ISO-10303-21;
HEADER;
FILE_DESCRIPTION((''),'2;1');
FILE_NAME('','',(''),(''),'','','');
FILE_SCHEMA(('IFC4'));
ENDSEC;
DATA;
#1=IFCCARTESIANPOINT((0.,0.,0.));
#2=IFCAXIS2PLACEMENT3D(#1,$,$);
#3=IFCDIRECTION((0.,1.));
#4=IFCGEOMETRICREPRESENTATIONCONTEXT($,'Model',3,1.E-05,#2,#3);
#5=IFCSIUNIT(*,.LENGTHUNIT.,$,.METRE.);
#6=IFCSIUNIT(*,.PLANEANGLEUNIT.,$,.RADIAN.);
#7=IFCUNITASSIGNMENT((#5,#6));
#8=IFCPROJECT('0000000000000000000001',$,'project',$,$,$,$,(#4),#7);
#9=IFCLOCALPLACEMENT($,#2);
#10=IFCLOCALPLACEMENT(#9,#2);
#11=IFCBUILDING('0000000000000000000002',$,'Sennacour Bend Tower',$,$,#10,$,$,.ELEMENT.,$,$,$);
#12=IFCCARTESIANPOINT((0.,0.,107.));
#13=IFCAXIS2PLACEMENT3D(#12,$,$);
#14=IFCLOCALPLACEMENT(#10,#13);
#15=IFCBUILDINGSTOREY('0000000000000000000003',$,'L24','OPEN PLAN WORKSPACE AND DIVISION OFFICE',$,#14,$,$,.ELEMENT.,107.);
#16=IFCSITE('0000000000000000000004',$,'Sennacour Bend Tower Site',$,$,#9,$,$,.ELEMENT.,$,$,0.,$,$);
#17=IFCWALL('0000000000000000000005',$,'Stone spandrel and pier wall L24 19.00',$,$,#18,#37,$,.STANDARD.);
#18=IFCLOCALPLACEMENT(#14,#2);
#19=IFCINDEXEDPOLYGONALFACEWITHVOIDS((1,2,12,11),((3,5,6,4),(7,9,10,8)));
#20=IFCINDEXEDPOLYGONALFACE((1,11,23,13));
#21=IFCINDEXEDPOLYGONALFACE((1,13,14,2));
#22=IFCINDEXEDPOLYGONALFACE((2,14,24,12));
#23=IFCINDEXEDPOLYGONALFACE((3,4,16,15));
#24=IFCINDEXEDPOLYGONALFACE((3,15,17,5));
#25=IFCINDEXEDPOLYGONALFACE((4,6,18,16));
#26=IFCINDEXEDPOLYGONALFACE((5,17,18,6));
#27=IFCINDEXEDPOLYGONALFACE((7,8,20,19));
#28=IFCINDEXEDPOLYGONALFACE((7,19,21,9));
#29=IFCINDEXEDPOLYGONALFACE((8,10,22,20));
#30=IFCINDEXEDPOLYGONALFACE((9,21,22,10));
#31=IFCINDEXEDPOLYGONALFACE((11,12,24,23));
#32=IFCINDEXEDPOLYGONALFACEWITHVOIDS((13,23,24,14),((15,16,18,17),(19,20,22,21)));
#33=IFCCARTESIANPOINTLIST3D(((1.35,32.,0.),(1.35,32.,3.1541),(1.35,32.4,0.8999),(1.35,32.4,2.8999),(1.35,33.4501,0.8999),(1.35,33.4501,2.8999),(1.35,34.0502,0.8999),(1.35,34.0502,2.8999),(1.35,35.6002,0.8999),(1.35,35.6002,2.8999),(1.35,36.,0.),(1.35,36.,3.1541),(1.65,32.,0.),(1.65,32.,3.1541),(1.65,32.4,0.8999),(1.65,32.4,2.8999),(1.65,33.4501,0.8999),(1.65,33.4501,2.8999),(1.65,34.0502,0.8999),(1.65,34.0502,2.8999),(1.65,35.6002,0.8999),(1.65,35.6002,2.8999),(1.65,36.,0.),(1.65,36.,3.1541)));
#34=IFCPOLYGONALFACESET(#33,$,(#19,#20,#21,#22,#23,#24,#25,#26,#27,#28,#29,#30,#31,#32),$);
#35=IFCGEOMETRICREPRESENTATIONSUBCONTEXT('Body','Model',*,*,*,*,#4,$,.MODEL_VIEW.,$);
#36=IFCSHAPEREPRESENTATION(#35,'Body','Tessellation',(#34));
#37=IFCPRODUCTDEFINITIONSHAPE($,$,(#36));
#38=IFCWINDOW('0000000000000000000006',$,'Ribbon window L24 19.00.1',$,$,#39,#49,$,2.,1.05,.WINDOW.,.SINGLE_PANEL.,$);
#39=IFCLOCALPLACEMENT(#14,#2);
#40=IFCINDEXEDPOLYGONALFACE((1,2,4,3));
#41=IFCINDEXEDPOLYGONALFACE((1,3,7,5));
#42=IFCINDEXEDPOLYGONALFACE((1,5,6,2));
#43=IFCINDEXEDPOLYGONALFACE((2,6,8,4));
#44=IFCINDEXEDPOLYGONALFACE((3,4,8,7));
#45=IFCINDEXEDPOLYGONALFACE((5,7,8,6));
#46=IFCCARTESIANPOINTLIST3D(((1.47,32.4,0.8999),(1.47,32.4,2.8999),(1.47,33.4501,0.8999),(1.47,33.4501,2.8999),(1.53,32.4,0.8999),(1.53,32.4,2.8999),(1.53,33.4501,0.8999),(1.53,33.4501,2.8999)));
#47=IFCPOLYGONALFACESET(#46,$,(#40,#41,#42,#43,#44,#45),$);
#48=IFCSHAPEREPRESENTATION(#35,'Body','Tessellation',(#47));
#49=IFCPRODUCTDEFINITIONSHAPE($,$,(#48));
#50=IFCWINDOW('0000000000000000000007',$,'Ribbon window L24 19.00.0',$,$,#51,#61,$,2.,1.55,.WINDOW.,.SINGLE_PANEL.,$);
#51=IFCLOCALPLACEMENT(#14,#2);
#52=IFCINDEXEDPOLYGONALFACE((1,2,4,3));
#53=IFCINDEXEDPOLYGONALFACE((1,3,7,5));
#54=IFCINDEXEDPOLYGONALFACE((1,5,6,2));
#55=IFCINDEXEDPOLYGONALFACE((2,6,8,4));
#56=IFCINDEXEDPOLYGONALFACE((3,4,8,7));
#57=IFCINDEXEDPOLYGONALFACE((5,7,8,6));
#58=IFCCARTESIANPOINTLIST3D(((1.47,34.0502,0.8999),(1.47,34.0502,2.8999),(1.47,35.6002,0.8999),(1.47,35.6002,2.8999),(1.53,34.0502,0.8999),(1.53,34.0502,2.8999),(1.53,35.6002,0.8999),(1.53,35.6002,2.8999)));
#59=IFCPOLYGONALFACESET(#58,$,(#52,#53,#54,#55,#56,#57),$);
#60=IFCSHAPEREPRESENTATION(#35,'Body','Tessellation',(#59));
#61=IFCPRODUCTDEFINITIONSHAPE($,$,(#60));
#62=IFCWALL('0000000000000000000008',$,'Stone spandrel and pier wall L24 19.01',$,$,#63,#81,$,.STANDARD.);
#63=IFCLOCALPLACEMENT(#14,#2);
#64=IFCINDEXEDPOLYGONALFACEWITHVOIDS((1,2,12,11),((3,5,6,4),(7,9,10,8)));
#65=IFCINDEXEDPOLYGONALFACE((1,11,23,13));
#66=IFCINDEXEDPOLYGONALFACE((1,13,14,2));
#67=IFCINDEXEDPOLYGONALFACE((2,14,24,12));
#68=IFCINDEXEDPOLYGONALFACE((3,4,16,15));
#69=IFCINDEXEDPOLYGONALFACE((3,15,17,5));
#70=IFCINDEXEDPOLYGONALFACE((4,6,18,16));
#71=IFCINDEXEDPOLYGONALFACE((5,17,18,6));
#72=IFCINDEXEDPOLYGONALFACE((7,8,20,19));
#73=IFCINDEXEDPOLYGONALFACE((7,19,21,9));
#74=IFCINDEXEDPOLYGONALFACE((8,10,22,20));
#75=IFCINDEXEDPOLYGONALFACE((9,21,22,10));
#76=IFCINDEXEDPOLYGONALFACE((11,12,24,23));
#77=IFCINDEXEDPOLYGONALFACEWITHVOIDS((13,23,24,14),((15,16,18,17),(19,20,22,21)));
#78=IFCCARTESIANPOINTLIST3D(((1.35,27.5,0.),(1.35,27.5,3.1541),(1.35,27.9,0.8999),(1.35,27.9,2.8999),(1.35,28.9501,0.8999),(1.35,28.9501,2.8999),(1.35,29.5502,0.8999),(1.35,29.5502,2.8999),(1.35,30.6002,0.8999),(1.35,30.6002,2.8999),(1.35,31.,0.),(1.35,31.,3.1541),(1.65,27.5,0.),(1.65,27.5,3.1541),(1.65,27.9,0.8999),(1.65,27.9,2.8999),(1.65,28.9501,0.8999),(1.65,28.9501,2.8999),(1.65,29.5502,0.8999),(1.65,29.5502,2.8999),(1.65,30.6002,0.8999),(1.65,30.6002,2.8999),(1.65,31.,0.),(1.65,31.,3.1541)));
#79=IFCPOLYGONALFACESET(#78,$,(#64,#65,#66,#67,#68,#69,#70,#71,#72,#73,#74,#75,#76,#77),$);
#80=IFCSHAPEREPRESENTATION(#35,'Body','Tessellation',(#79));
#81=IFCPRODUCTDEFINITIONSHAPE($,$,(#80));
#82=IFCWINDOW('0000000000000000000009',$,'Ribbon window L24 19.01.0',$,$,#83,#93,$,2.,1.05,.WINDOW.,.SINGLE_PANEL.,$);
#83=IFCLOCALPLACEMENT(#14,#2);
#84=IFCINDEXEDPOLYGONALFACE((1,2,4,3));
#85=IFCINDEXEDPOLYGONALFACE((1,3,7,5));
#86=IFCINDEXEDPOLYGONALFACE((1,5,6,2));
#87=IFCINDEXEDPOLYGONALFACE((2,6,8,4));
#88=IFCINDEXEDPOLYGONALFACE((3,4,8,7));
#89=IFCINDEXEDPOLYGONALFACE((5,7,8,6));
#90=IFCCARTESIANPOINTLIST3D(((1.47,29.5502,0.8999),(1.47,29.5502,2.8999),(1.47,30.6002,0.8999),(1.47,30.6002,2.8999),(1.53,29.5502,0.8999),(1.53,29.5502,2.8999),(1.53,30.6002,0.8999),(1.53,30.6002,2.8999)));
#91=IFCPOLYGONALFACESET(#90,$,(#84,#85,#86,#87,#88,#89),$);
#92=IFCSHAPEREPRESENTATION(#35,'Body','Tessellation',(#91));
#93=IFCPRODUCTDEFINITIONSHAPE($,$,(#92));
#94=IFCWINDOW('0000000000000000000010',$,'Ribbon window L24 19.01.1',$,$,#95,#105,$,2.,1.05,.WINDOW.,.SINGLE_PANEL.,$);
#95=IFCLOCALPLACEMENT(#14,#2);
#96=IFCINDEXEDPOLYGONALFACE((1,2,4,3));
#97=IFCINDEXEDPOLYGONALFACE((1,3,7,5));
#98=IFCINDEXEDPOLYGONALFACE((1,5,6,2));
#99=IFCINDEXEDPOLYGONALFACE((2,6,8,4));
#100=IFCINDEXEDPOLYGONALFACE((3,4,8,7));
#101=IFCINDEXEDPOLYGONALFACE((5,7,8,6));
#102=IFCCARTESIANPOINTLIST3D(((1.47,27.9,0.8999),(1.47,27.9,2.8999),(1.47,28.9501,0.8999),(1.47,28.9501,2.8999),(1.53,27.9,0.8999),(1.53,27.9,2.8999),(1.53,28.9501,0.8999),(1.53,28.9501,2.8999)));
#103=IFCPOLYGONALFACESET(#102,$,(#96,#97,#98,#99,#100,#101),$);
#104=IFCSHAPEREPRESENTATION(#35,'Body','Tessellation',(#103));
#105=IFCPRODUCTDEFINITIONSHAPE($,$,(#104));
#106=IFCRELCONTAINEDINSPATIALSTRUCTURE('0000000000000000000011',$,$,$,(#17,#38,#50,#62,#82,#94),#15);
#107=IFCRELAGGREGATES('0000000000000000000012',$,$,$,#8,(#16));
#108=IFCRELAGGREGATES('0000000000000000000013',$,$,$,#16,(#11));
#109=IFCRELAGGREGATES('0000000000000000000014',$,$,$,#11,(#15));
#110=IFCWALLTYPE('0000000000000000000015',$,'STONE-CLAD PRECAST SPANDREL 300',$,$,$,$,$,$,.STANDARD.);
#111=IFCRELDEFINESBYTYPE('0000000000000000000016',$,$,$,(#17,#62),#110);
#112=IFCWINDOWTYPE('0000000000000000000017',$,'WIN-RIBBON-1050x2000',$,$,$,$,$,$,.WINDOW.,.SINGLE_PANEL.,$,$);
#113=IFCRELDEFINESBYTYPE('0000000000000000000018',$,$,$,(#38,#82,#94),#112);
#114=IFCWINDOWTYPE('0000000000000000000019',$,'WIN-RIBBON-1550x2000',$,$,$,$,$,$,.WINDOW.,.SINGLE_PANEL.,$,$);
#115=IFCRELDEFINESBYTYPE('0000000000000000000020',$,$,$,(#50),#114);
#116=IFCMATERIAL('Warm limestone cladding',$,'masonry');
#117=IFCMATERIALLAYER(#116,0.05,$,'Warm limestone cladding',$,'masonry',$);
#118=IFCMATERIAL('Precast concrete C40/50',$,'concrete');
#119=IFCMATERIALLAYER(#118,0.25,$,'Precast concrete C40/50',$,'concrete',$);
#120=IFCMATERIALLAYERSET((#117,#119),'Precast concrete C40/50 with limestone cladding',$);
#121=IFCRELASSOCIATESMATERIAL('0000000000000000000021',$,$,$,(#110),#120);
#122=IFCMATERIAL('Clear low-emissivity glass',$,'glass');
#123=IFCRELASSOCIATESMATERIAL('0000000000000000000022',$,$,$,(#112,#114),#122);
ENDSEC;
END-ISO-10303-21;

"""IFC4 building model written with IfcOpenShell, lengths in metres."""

from ifc_helpers import new_model, si_unit, direction, frame, frame_2d, origin, place, context, subcontext, project, spatial, rectangle, extrude, material, layer, layer_set, type_object, element, fill, save


model = new_model("IFC4")

# Units and contexts
model_context = context("Model", 3, precision=1e-05, world=origin(), true_north=direction((0.0, 1.0)))
body_context = subcontext(model_context, "Body", "Model", "MODEL_VIEW")
ifc_project = project(units=[si_unit("LENGTHUNIT", "METRE"), si_unit("PLANEANGLEUNIT", "RADIAN")], contexts=[model_context])

# Site, building, storey
site_placement = place(None, origin())
site = spatial("IfcSite", under=ifc_project, at=site_placement, Name="Sennacour Bend Tower Site", CompositionType="ELEMENT", RefElevation=0.0)
building_placement = place(site_placement, origin())
building = spatial("IfcBuilding", under=site, at=building_placement, Name="Sennacour Bend Tower", CompositionType="ELEMENT")
storey_placement = place(building_placement, frame((0.0, 0.0, 107.0)))
storey = spatial("IfcBuildingStorey", under=building, at=storey_placement, Name="L24", Description="OPEN PLAN WORKSPACE AND DIVISION OFFICE", CompositionType="ELEMENT", Elevation=107.0)

# Walls, openings, windows
ifc_material_1 = material(Name="Warm limestone cladding", Category="masonry")
ifc_layer_1 = layer(ifc_material_1, 0.05, Name="Warm limestone cladding", Category="masonry")
ifc_material_2 = material(Name="Precast concrete C40/50", Category="concrete")
ifc_layer_2 = layer(ifc_material_2, 0.25, Name="Precast concrete C40/50", Category="concrete")
ifc_layer_set_1 = layer_set([ifc_layer_1, ifc_layer_2], Name="Precast concrete C40/50 with limestone cladding")
wall_type_1 = type_object("IfcWallType", Name="STONE-CLAD PRECAST SPANDREL 300", PredefinedType="STANDARD", material=ifc_layer_set_1)
wall_1_placement = place(storey_placement, frame((1.5, 36.0, 0.0), z_axis=(0.0, 0.0, 1.0), x_axis=(0.0, -1.0, 0.0)))
wall_1 = element("IfcWall", 1, at=wall_1_placement, inside=storey, type_object=wall_type_1, Name="Stone spandrel and pier wall L24 19.00", PredefinedType="STANDARD", context=body_context, shape_type="SweptSolid", body=[
    extrude(rectangle(XDim=4.0, YDim=0.3, at=frame_2d((2.0, 0.0))), origin(), (0.0, 0.0, 1.0), 3.1541),
])
opening_1_placement = place(wall_1_placement, frame((0.3999, 0.0, 0.8999)))
opening_1 = element("IfcOpeningElement", 2, at=opening_1_placement, cuts=wall_1, PredefinedType="OPENING", context=body_context, shape_type="SweptSolid", body=[
    extrude(rectangle(XDim=1.55, YDim=2.0, at=frame_2d((0.7749, 1.0))), frame((0.0, 0.1602, 0.0), z_axis=(0.0, -1.0, 0.0), x_axis=(1.0, 0.0, 0.0)), (0.0, 0.0, 1.0), 0.3201),
])
opening_2_placement = place(wall_1_placement, frame((2.55, 0.0, 0.8999)))
opening_2 = element("IfcOpeningElement", 3, at=opening_2_placement, cuts=wall_1, PredefinedType="OPENING", context=body_context, shape_type="SweptSolid", body=[
    extrude(rectangle(XDim=1.05, YDim=2.0, at=frame_2d((0.5249, 1.0))), frame((0.0, 0.1602, 0.0), z_axis=(0.0, -1.0, 0.0), x_axis=(1.0, 0.0, 0.0)), (0.0, 0.0, 1.0), 0.3201),
])
ifc_material_3 = material(Name="Clear low-emissivity glass", Category="glass")
window_type_1 = type_object("IfcWindowType", Name="WIN-RIBBON-1050x2000", PartitioningType="SINGLE_PANEL", PredefinedType="WINDOW", material=ifc_material_3)
window_1_placement = place(opening_2_placement, origin())
window_1 = element("IfcWindow", 4, at=window_1_placement, inside=storey, type_object=window_type_1, Name="Ribbon window L24 19.00.1", OverallHeight=2.0, OverallWidth=1.05, PartitioningType="SINGLE_PANEL", PredefinedType="WINDOW", context=body_context, shape_type="SweptSolid", body=[
    extrude(rectangle(XDim=1.05, YDim=2.0, at=frame_2d((0.5249, 1.0))), frame((0.0, 0.03, 0.0), z_axis=(0.0, -1.0, 0.0), x_axis=(1.0, 0.0, 0.0)), (0.0, 0.0, 1.0), 0.0601),
])
fill(opening_2, window_1)
window_type_2 = type_object("IfcWindowType", Name="WIN-RIBBON-1550x2000", PartitioningType="SINGLE_PANEL", PredefinedType="WINDOW", material=ifc_material_3)
window_2_placement = place(opening_1_placement, origin())
window_2 = element("IfcWindow", 5, at=window_2_placement, inside=storey, type_object=window_type_2, Name="Ribbon window L24 19.00.0", OverallHeight=2.0, OverallWidth=1.55, PartitioningType="SINGLE_PANEL", PredefinedType="WINDOW", context=body_context, shape_type="SweptSolid", body=[
    extrude(rectangle(XDim=1.55, YDim=2.0, at=frame_2d((0.7749, 1.0))), frame((0.0, 0.03, 0.0), z_axis=(0.0, -1.0, 0.0), x_axis=(1.0, 0.0, 0.0)), (0.0, 0.0, 1.0), 0.0601),
])
fill(opening_1, window_2)
wall_2_placement = place(storey_placement, frame((1.5, 31.0, 0.0), z_axis=(0.0, 0.0, 1.0), x_axis=(0.0, -1.0, 0.0)))
wall_2 = element("IfcWall", 6, at=wall_2_placement, inside=storey, type_object=wall_type_1, Name="Stone spandrel and pier wall L24 19.01", PredefinedType="STANDARD", context=body_context, shape_type="SweptSolid", body=[
    extrude(rectangle(XDim=3.5, YDim=0.3, at=frame_2d((1.75, 0.0))), origin(), (0.0, 0.0, 1.0), 3.1541),
])
opening_3_placement = place(wall_2_placement, frame((0.3999, 0.0, 0.8999)))
opening_3 = element("IfcOpeningElement", 7, at=opening_3_placement, cuts=wall_2, PredefinedType="OPENING", context=body_context, shape_type="SweptSolid", body=[
    extrude(rectangle(XDim=1.05, YDim=2.0, at=frame_2d((0.5249, 1.0))), frame((0.0, 0.1602, 0.0), z_axis=(0.0, -1.0, 0.0), x_axis=(1.0, 0.0, 0.0)), (0.0, 0.0, 1.0), 0.3201),
])
opening_4_placement = place(wall_2_placement, frame((2.05, 0.0, 0.8999)))
opening_4 = element("IfcOpeningElement", 8, at=opening_4_placement, cuts=wall_2, PredefinedType="OPENING", context=body_context, shape_type="SweptSolid", body=[
    extrude(rectangle(XDim=1.05, YDim=2.0, at=frame_2d((0.5249, 1.0))), frame((0.0, 0.1602, 0.0), z_axis=(0.0, -1.0, 0.0), x_axis=(1.0, 0.0, 0.0)), (0.0, 0.0, 1.0), 0.3201),
])
window_3_placement = place(opening_3_placement, origin())
window_3 = element("IfcWindow", 9, at=window_3_placement, inside=storey, type_object=window_type_1, Name="Ribbon window L24 19.01.0", OverallHeight=2.0, OverallWidth=1.05, PartitioningType="SINGLE_PANEL", PredefinedType="WINDOW", context=body_context, shape_type="SweptSolid", body=[
    extrude(rectangle(XDim=1.05, YDim=2.0, at=frame_2d((0.5249, 1.0))), frame((0.0, 0.03, 0.0), z_axis=(0.0, -1.0, 0.0), x_axis=(1.0, 0.0, 0.0)), (0.0, 0.0, 1.0), 0.0601),
])
fill(opening_3, window_3)
window_4_placement = place(opening_4_placement, origin())
window_4 = element("IfcWindow", 10, at=window_4_placement, inside=storey, type_object=window_type_1, Name="Ribbon window L24 19.01.1", OverallHeight=2.0, OverallWidth=1.05, PartitioningType="SINGLE_PANEL", PredefinedType="WINDOW", context=body_context, shape_type="SweptSolid", body=[
    extrude(rectangle(XDim=1.05, YDim=2.0, at=frame_2d((0.5249, 1.0))), frame((0.0, 0.03, 0.0), z_axis=(0.0, -1.0, 0.0), x_axis=(1.0, 0.0, 0.0)), (0.0, 0.0, 1.0), 0.0601),
])
fill(opening_4, window_4)

save(model, "model.ifc")
